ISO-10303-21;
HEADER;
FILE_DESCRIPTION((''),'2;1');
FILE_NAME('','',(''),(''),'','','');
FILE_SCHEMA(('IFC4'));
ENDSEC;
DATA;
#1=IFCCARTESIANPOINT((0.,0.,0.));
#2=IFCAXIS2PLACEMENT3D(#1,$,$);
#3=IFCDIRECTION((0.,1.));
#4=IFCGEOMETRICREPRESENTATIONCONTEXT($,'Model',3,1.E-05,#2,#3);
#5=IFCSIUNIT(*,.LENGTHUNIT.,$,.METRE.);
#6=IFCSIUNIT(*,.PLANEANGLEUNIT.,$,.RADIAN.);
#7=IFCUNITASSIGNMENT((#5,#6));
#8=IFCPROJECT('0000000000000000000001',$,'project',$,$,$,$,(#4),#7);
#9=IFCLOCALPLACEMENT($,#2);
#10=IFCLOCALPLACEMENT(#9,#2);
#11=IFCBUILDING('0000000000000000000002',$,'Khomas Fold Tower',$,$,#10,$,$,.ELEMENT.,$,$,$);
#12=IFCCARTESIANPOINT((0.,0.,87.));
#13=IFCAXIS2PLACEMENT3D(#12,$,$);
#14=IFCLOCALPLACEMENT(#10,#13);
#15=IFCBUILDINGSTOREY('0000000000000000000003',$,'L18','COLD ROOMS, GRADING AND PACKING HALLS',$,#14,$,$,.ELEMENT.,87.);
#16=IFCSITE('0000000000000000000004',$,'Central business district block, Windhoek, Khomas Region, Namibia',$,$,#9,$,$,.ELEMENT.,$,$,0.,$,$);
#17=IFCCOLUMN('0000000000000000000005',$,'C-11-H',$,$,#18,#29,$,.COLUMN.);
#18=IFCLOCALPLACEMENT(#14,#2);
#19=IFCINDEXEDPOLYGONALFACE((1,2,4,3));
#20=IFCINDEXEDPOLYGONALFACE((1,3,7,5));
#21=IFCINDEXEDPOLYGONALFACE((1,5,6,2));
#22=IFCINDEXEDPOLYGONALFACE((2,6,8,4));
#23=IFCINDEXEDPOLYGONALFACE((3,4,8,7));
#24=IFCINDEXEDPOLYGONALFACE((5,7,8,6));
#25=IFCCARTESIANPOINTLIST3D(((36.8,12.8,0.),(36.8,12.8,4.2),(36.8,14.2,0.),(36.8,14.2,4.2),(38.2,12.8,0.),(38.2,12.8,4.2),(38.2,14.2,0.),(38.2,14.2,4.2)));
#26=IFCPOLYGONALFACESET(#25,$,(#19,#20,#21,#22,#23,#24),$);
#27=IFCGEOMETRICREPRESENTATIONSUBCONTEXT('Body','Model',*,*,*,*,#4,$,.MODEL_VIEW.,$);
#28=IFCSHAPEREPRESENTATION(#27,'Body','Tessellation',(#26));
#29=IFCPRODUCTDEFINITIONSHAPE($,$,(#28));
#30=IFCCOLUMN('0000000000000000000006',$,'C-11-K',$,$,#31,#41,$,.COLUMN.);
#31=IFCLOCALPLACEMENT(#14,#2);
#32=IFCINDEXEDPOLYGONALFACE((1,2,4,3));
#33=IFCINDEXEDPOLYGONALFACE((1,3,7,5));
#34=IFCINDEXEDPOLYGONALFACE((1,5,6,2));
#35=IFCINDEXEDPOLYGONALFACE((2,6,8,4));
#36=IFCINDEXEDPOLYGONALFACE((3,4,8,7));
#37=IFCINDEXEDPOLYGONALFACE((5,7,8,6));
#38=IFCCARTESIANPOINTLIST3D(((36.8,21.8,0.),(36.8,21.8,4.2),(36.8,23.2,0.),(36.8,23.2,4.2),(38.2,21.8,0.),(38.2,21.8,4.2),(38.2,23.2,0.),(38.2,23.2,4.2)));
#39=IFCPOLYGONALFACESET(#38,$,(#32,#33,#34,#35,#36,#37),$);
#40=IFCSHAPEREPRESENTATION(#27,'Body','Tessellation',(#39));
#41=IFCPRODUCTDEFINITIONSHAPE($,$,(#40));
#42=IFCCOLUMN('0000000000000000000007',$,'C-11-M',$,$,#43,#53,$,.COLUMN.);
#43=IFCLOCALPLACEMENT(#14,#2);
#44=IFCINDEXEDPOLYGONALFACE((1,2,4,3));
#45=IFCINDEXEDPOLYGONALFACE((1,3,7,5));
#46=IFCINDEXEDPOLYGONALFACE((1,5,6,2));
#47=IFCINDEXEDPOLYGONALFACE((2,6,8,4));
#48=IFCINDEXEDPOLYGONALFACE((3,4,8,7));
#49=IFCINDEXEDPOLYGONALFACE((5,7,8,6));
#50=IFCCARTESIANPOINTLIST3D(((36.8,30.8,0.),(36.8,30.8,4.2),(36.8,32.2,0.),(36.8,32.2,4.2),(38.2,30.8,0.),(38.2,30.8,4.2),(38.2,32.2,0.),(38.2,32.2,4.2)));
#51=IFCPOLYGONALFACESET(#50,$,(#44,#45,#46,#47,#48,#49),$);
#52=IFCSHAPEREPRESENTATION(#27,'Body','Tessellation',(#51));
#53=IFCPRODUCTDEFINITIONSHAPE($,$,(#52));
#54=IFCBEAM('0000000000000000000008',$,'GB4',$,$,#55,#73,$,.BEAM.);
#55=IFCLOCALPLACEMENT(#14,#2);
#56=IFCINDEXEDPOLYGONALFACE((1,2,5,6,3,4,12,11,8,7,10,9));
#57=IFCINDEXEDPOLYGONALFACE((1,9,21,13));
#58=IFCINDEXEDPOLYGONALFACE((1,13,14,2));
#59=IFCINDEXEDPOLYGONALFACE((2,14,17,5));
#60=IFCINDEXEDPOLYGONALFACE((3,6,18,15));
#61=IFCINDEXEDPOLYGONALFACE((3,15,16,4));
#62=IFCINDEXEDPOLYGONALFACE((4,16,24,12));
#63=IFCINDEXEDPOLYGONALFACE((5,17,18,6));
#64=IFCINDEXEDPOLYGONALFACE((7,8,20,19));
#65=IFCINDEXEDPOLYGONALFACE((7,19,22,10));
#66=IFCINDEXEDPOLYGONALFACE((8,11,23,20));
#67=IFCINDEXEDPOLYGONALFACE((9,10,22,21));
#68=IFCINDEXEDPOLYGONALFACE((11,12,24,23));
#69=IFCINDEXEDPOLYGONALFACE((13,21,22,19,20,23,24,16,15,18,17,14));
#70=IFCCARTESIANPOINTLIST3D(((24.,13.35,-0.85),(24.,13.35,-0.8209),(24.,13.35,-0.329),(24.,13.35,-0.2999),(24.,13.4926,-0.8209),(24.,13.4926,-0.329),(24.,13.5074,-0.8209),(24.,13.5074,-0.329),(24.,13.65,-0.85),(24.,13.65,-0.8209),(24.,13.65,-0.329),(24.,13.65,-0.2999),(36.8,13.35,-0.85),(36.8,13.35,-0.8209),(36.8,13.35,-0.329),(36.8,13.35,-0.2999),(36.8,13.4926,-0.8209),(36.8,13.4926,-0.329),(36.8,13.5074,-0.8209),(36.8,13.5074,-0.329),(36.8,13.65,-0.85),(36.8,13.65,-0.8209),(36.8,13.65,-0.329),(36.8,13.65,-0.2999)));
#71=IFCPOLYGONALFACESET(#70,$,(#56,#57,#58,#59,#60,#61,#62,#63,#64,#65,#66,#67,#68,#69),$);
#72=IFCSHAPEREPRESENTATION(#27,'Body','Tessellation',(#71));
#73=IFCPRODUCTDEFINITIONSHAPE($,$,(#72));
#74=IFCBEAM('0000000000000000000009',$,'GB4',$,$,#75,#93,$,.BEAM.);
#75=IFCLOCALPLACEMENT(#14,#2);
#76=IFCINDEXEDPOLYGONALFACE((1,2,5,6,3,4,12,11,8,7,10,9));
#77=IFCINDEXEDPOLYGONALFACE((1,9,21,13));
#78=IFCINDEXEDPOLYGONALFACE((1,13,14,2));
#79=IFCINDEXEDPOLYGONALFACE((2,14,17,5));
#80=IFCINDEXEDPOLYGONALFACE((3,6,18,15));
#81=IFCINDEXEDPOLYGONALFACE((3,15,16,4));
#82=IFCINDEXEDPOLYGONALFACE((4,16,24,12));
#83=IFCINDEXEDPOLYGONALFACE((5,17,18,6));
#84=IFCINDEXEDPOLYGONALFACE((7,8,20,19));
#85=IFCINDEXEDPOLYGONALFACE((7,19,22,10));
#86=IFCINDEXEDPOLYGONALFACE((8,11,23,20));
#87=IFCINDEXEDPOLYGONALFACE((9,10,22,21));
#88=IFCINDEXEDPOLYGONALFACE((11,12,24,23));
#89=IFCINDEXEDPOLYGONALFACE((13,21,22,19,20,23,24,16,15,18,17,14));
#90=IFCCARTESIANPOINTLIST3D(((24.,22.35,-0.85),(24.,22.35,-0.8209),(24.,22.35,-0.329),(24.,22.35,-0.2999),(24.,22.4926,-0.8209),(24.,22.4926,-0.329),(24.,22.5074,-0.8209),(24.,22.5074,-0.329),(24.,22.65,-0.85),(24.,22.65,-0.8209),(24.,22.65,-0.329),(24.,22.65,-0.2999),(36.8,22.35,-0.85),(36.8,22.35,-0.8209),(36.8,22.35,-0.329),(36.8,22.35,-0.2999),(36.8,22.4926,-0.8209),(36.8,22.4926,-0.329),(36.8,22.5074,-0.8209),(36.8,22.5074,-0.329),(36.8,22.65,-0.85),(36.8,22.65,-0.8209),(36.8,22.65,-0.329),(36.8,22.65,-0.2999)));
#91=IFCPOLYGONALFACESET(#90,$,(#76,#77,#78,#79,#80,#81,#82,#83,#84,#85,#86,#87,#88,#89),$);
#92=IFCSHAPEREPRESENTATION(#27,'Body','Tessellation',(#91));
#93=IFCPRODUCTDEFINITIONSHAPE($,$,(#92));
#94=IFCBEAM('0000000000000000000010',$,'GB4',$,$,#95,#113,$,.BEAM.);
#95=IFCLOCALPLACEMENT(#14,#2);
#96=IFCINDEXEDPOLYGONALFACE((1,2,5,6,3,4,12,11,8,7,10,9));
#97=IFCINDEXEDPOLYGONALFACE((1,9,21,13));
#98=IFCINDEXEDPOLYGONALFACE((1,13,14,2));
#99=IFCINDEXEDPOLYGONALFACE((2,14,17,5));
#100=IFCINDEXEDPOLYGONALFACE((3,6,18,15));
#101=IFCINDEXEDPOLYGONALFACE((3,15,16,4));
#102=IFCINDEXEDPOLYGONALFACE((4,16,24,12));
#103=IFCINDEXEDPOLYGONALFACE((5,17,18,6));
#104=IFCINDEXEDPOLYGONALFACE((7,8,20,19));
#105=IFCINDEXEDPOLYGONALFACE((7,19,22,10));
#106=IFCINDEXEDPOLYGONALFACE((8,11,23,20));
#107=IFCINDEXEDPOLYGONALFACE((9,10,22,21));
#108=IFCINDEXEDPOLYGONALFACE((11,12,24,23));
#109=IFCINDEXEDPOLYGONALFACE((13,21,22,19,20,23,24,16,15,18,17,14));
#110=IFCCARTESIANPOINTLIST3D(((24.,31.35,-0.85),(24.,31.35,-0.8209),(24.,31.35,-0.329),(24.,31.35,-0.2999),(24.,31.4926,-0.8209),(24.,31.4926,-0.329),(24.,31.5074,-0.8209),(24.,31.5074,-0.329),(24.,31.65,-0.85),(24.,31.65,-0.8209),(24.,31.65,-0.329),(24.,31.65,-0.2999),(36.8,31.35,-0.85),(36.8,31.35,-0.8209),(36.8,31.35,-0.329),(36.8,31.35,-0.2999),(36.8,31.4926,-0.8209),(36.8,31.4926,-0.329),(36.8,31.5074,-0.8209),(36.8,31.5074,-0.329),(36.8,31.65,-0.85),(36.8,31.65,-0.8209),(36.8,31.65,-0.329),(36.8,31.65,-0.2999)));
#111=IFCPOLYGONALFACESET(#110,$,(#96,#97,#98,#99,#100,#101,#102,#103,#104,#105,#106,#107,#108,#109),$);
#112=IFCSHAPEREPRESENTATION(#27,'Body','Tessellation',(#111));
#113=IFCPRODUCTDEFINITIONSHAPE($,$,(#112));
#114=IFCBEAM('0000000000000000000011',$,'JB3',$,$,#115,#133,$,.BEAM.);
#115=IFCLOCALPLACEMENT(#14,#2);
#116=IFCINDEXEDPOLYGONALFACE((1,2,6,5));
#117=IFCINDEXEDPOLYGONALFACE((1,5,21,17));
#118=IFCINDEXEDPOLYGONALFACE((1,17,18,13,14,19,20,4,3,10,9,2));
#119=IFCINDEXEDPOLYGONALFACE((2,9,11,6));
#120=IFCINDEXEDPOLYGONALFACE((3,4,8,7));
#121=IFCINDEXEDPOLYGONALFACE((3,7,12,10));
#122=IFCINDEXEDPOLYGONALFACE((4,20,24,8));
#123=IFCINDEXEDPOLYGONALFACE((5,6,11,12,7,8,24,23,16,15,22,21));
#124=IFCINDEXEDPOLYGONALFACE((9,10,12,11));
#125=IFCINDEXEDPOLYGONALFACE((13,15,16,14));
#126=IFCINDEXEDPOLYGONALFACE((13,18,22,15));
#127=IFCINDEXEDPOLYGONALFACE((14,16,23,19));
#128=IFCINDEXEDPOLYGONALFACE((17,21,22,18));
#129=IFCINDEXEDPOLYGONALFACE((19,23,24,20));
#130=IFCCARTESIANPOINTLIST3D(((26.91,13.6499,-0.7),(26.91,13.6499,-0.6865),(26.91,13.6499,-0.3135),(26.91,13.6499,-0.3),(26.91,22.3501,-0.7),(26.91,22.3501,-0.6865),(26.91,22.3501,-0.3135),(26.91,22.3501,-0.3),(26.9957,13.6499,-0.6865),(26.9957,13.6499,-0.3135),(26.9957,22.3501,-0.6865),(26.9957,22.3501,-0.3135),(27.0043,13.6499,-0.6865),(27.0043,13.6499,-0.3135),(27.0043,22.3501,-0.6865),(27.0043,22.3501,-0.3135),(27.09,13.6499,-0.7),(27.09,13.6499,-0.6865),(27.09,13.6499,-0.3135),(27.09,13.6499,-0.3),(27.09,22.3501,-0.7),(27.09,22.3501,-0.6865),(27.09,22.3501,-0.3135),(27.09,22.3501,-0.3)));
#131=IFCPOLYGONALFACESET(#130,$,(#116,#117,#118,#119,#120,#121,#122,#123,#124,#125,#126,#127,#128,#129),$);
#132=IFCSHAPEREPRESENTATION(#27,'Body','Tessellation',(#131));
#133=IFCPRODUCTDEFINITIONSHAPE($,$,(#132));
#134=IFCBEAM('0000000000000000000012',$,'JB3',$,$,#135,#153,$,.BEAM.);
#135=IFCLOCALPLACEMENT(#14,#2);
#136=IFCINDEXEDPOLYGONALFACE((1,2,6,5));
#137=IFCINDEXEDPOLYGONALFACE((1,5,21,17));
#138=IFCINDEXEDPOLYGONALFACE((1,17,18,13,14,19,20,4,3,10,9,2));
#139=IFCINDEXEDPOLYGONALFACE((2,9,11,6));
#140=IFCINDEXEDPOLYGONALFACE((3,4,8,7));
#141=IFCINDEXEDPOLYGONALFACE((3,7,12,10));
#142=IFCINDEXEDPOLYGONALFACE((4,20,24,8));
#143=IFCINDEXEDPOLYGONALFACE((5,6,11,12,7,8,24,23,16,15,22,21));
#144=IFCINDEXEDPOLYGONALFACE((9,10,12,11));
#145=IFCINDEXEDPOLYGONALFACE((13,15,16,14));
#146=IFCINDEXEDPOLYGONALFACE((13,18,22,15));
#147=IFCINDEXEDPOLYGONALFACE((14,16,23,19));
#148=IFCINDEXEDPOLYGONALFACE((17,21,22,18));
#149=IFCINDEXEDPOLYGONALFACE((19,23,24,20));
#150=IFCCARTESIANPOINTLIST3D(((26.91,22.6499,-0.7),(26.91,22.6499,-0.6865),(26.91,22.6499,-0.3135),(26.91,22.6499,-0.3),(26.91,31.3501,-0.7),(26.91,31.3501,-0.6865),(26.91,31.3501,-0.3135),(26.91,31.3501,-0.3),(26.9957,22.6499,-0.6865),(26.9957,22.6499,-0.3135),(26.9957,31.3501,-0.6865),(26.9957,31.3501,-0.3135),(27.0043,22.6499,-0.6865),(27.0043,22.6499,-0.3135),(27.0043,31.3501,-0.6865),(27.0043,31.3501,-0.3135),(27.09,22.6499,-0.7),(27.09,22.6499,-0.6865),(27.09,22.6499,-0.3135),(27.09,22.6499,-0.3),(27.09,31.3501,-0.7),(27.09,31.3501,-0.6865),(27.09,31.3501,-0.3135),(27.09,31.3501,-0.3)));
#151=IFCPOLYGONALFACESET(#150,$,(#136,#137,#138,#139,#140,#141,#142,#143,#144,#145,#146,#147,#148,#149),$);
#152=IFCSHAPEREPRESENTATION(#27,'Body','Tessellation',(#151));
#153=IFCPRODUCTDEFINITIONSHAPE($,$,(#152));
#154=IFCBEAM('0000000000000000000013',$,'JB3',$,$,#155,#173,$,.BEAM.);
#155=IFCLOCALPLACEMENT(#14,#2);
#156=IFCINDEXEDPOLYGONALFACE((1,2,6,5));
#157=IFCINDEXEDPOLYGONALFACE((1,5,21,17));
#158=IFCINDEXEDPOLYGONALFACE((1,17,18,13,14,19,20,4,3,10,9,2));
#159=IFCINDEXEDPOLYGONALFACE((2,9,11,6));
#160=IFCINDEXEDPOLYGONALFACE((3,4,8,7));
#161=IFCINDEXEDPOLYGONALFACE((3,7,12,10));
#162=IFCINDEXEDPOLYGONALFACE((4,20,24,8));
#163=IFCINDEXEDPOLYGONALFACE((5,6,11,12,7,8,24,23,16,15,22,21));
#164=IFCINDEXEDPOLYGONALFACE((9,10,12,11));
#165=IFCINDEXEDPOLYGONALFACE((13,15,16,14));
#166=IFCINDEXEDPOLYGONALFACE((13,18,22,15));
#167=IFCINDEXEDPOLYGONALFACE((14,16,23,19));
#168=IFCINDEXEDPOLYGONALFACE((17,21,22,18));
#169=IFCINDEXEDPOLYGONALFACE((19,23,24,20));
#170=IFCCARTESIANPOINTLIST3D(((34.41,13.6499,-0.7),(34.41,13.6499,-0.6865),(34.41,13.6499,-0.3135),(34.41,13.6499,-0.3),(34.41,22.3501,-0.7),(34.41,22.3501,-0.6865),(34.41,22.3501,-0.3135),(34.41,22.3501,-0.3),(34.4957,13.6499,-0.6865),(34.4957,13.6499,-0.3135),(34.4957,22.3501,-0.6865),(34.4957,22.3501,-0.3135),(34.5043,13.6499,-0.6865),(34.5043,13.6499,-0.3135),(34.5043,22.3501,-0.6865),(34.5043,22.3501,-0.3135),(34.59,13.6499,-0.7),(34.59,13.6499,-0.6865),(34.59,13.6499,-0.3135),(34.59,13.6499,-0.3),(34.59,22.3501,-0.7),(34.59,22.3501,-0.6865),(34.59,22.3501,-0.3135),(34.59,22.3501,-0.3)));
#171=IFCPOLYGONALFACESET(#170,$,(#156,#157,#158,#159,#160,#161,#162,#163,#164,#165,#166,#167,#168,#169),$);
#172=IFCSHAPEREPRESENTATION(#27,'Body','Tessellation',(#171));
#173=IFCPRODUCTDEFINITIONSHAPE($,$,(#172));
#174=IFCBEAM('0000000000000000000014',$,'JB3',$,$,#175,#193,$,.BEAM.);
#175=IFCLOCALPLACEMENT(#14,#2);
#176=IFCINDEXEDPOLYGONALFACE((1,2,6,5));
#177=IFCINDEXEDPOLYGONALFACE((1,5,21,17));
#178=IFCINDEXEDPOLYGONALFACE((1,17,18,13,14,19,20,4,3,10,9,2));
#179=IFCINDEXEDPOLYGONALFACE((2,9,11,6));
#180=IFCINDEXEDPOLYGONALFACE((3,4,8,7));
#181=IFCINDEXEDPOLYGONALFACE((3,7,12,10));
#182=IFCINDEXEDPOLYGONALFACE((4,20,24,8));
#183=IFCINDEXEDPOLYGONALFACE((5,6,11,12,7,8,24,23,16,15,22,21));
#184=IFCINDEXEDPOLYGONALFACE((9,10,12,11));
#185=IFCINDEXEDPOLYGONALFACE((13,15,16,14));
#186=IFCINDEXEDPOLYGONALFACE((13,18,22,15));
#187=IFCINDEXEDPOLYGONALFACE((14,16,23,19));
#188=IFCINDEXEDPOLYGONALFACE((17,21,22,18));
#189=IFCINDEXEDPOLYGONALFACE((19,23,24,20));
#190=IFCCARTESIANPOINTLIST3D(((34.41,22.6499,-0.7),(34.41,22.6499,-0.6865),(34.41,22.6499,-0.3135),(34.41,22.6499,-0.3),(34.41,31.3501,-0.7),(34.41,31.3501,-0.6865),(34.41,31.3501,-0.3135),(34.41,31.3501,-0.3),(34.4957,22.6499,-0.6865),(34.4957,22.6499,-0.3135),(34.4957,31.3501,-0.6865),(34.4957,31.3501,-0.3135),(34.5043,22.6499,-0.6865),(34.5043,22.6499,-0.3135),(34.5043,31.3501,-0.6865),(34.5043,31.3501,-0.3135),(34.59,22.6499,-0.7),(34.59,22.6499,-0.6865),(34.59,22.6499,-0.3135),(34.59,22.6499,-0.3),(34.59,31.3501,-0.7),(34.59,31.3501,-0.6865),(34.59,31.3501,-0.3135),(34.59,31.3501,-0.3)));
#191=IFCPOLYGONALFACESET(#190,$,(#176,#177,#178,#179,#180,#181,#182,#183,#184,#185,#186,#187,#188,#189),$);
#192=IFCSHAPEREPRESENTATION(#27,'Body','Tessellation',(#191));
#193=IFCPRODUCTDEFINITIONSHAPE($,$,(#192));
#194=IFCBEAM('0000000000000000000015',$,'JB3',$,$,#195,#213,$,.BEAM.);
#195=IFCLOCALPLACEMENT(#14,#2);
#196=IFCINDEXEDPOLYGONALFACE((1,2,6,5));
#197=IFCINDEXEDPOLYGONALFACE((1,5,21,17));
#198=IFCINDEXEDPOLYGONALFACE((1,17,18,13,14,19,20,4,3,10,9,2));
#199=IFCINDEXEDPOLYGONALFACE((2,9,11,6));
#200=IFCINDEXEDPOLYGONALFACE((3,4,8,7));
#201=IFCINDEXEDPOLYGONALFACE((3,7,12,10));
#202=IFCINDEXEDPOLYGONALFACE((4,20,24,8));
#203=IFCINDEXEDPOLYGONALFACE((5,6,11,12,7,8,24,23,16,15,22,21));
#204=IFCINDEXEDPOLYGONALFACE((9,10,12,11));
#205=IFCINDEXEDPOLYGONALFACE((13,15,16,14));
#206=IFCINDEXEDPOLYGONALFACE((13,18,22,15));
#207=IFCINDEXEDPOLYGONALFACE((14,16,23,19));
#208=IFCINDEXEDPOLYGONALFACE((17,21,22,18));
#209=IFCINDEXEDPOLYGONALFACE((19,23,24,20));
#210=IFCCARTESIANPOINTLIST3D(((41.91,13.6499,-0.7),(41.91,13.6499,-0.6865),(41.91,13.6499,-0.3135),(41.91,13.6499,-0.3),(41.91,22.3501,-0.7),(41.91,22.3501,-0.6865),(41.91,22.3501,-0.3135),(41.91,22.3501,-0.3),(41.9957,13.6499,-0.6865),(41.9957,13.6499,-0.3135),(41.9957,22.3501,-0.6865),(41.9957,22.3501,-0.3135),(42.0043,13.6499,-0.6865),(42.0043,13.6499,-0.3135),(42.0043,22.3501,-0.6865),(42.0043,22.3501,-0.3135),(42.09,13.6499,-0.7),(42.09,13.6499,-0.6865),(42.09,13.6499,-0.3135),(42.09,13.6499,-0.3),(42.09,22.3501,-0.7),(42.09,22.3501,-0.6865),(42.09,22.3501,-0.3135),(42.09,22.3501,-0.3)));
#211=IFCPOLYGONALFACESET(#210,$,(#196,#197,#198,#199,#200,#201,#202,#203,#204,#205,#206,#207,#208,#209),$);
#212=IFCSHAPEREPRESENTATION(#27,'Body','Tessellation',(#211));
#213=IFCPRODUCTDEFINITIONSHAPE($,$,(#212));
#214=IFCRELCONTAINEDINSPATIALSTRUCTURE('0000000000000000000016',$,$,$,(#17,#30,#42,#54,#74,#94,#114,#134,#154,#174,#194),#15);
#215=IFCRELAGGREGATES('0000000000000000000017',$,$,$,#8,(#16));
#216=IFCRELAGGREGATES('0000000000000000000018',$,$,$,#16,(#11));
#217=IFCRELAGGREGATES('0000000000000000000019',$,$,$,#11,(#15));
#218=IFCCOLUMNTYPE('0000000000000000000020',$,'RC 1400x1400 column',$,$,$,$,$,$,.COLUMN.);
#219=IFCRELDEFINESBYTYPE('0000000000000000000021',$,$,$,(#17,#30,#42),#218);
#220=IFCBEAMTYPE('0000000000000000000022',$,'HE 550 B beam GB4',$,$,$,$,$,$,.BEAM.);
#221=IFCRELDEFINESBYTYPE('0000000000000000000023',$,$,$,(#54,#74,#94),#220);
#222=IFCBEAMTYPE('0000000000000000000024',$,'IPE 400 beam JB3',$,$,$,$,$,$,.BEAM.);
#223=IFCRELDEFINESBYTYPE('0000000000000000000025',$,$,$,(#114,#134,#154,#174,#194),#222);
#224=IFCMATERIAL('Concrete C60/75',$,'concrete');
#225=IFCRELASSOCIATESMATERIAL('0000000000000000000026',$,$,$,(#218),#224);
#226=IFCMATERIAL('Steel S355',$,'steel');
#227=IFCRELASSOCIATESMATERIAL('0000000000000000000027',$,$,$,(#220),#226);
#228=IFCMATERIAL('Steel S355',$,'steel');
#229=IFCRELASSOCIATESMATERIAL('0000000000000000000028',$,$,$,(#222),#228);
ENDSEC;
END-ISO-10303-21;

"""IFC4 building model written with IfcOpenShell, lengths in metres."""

from ifc_helpers import new_model, si_unit, direction, frame, origin, origin_2d, place, context, subcontext, project, spatial, rectangle, i_section, extrude, source, transform, mapped, material, material_profile, profile_set, type_object, element, save


model = new_model("IFC4")

# Units and contexts
model_context = context("Model", 3, precision=1e-05, world=origin(), true_north=direction((0.0, 1.0)))
body_context = subcontext(model_context, "Body", "Model", "MODEL_VIEW")
ifc_project = project(units=[si_unit("LENGTHUNIT", "METRE"), si_unit("PLANEANGLEUNIT", "RADIAN")], contexts=[model_context])

# Site, building, storey
site_placement = place(None, origin())
site = spatial("IfcSite", under=ifc_project, at=site_placement, Name="Central business district block, Windhoek, Khomas Region, Namibia", CompositionType="ELEMENT", RefElevation=0.0)
building_placement = place(site_placement, origin())
building = spatial("IfcBuilding", under=site, at=building_placement, Name="Khomas Fold Tower", CompositionType="ELEMENT")
storey_placement = place(building_placement, frame((0.0, 0.0, 87.0)))
storey = spatial("IfcBuildingStorey", under=building, at=storey_placement, Name="L18", Description="COLD ROOMS, GRADING AND PACKING HALLS", CompositionType="ELEMENT", Elevation=87.0)

# Columns
ifc_material_1 = material(Name="Concrete C60/75", Category="concrete")
ifc_material_profile_1 = material_profile(ifc_material_1, rectangle(XDim=1.3999, YDim=1.3999, at=origin_2d()), Name="RC 1400x1400")
ifc_profile_set_1 = profile_set([ifc_material_profile_1], Name="Concrete C60/75")
column_type = type_object("IfcColumnType", Name="RC 1400x1400 column", PredefinedType="COLUMN", material=ifc_profile_set_1)
shared_shape_1 = source(origin(), body_context, "Body", "SweptSolid", [
    extrude(rectangle(XDim=1.3999, YDim=1.3999, at=origin_2d()), origin(), (0.0, 0.0, 1.0), 4.2),
])
for number, where, z_axis, x_axis, name in (
    (1, (37.5, 13.5, 0.0), (0.0, 0.0, 1.0), (1.0, 0.0, 0.0), "C-11-H"),
    (2, (37.5, 22.5, 0.0), (0.0, 0.0, 1.0), (1.0, 0.0, 0.0), "C-11-K"),
    (3, (37.5, 31.5, 0.0), (0.0, 0.0, 1.0), (1.0, 0.0, 0.0), "C-11-M"),
):
    element("IfcColumn", number, at=place(storey_placement, frame(where, z_axis=z_axis, x_axis=x_axis)), inside=storey, type_object=column_type, Name=name, PredefinedType="COLUMN", context=body_context, shape_type="MappedRepresentation", body=[
        mapped(shared_shape_1, transform((0.0, 0.0, 0.0))),
    ])

# Beams
ifc_material_2 = material(Name="Steel S355", Category="steel")
ifc_material_profile_2 = material_profile(ifc_material_2, i_section(OverallWidth=0.3, OverallDepth=0.55, WebThickness=0.0149, FlangeThickness=0.0291, at=origin_2d()), Name="HE 550 B")
ifc_profile_set_2 = profile_set([ifc_material_profile_2], Name="Steel S355")
beam_type_1 = type_object("IfcBeamType", Name="HE 550 B beam GB4", PredefinedType="BEAM", material=ifc_profile_set_2)
shared_shape_2 = source(origin(), body_context, "Body", "SweptSolid", [
    extrude(i_section(OverallWidth=0.3, OverallDepth=0.55, WebThickness=0.0149, FlangeThickness=0.0291, at=origin_2d()), origin(), (0.0, 0.0, 1.0), 12.8),
])
for number, where, z_axis, x_axis, name in (
    (4, (24.0, 13.5, -0.575), (1.0, 0.0, 0.0), (0.0, 1.0, 0.0), "GB4"),
    (5, (24.0, 22.5, -0.575), (1.0, 0.0, 0.0), (0.0, 1.0, 0.0), "GB4"),
    (6, (24.0, 31.5, -0.575), (1.0, 0.0, 0.0), (0.0, 1.0, 0.0), "GB4"),
):
    element("IfcBeam", number, at=place(storey_placement, frame(where, z_axis=z_axis, x_axis=x_axis)), inside=storey, type_object=beam_type_1, Name=name, PredefinedType="BEAM", context=body_context, shape_type="MappedRepresentation", body=[
        mapped(shared_shape_2, transform((0.0, 0.0, 0.0))),
    ])
ifc_material_3 = material(Name="Steel S355", Category="steel")
ifc_material_profile_3 = material_profile(ifc_material_3, i_section(OverallWidth=0.1799, OverallDepth=0.3999, WebThickness=0.0085, FlangeThickness=0.0134, at=origin_2d()), Name="IPE 400")
ifc_profile_set_3 = profile_set([ifc_material_profile_3], Name="Steel S355")
beam_type_2 = type_object("IfcBeamType", Name="IPE 400 beam JB3", PredefinedType="BEAM", material=ifc_profile_set_3)
shared_shape_3 = source(origin(), body_context, "Body", "SweptSolid", [
    extrude(i_section(OverallWidth=0.1799, OverallDepth=0.3999, WebThickness=0.0085, FlangeThickness=0.0134, at=origin_2d()), origin(), (0.0, 0.0, 1.0), 8.7002),
])
for number, where, z_axis, x_axis, name in (
    (7, (27.0, 13.6499, -0.5), (0.0, 1.0, 0.0), (-1.0, 0.0, 0.0), "JB3"),
    (8, (27.0, 22.6499, -0.5), (0.0, 1.0, 0.0), (-1.0, 0.0, 0.0), "JB3"),
    (9, (34.5, 13.6499, -0.5), (0.0, 1.0, 0.0), (-1.0, 0.0, 0.0), "JB3"),
    (10, (34.5, 22.6499, -0.5), (0.0, 1.0, 0.0), (-1.0, 0.0, 0.0), "JB3"),
    (11, (42.0, 13.6499, -0.5), (0.0, 1.0, 0.0), (-1.0, 0.0, 0.0), "JB3"),
):
    element("IfcBeam", number, at=place(storey_placement, frame(where, z_axis=z_axis, x_axis=x_axis)), inside=storey, type_object=beam_type_2, Name=name, PredefinedType="BEAM", context=body_context, shape_type="MappedRepresentation", body=[
        mapped(shared_shape_3, transform((0.0, 0.0, 0.0))),
    ])

save(model, "model.ifc")
